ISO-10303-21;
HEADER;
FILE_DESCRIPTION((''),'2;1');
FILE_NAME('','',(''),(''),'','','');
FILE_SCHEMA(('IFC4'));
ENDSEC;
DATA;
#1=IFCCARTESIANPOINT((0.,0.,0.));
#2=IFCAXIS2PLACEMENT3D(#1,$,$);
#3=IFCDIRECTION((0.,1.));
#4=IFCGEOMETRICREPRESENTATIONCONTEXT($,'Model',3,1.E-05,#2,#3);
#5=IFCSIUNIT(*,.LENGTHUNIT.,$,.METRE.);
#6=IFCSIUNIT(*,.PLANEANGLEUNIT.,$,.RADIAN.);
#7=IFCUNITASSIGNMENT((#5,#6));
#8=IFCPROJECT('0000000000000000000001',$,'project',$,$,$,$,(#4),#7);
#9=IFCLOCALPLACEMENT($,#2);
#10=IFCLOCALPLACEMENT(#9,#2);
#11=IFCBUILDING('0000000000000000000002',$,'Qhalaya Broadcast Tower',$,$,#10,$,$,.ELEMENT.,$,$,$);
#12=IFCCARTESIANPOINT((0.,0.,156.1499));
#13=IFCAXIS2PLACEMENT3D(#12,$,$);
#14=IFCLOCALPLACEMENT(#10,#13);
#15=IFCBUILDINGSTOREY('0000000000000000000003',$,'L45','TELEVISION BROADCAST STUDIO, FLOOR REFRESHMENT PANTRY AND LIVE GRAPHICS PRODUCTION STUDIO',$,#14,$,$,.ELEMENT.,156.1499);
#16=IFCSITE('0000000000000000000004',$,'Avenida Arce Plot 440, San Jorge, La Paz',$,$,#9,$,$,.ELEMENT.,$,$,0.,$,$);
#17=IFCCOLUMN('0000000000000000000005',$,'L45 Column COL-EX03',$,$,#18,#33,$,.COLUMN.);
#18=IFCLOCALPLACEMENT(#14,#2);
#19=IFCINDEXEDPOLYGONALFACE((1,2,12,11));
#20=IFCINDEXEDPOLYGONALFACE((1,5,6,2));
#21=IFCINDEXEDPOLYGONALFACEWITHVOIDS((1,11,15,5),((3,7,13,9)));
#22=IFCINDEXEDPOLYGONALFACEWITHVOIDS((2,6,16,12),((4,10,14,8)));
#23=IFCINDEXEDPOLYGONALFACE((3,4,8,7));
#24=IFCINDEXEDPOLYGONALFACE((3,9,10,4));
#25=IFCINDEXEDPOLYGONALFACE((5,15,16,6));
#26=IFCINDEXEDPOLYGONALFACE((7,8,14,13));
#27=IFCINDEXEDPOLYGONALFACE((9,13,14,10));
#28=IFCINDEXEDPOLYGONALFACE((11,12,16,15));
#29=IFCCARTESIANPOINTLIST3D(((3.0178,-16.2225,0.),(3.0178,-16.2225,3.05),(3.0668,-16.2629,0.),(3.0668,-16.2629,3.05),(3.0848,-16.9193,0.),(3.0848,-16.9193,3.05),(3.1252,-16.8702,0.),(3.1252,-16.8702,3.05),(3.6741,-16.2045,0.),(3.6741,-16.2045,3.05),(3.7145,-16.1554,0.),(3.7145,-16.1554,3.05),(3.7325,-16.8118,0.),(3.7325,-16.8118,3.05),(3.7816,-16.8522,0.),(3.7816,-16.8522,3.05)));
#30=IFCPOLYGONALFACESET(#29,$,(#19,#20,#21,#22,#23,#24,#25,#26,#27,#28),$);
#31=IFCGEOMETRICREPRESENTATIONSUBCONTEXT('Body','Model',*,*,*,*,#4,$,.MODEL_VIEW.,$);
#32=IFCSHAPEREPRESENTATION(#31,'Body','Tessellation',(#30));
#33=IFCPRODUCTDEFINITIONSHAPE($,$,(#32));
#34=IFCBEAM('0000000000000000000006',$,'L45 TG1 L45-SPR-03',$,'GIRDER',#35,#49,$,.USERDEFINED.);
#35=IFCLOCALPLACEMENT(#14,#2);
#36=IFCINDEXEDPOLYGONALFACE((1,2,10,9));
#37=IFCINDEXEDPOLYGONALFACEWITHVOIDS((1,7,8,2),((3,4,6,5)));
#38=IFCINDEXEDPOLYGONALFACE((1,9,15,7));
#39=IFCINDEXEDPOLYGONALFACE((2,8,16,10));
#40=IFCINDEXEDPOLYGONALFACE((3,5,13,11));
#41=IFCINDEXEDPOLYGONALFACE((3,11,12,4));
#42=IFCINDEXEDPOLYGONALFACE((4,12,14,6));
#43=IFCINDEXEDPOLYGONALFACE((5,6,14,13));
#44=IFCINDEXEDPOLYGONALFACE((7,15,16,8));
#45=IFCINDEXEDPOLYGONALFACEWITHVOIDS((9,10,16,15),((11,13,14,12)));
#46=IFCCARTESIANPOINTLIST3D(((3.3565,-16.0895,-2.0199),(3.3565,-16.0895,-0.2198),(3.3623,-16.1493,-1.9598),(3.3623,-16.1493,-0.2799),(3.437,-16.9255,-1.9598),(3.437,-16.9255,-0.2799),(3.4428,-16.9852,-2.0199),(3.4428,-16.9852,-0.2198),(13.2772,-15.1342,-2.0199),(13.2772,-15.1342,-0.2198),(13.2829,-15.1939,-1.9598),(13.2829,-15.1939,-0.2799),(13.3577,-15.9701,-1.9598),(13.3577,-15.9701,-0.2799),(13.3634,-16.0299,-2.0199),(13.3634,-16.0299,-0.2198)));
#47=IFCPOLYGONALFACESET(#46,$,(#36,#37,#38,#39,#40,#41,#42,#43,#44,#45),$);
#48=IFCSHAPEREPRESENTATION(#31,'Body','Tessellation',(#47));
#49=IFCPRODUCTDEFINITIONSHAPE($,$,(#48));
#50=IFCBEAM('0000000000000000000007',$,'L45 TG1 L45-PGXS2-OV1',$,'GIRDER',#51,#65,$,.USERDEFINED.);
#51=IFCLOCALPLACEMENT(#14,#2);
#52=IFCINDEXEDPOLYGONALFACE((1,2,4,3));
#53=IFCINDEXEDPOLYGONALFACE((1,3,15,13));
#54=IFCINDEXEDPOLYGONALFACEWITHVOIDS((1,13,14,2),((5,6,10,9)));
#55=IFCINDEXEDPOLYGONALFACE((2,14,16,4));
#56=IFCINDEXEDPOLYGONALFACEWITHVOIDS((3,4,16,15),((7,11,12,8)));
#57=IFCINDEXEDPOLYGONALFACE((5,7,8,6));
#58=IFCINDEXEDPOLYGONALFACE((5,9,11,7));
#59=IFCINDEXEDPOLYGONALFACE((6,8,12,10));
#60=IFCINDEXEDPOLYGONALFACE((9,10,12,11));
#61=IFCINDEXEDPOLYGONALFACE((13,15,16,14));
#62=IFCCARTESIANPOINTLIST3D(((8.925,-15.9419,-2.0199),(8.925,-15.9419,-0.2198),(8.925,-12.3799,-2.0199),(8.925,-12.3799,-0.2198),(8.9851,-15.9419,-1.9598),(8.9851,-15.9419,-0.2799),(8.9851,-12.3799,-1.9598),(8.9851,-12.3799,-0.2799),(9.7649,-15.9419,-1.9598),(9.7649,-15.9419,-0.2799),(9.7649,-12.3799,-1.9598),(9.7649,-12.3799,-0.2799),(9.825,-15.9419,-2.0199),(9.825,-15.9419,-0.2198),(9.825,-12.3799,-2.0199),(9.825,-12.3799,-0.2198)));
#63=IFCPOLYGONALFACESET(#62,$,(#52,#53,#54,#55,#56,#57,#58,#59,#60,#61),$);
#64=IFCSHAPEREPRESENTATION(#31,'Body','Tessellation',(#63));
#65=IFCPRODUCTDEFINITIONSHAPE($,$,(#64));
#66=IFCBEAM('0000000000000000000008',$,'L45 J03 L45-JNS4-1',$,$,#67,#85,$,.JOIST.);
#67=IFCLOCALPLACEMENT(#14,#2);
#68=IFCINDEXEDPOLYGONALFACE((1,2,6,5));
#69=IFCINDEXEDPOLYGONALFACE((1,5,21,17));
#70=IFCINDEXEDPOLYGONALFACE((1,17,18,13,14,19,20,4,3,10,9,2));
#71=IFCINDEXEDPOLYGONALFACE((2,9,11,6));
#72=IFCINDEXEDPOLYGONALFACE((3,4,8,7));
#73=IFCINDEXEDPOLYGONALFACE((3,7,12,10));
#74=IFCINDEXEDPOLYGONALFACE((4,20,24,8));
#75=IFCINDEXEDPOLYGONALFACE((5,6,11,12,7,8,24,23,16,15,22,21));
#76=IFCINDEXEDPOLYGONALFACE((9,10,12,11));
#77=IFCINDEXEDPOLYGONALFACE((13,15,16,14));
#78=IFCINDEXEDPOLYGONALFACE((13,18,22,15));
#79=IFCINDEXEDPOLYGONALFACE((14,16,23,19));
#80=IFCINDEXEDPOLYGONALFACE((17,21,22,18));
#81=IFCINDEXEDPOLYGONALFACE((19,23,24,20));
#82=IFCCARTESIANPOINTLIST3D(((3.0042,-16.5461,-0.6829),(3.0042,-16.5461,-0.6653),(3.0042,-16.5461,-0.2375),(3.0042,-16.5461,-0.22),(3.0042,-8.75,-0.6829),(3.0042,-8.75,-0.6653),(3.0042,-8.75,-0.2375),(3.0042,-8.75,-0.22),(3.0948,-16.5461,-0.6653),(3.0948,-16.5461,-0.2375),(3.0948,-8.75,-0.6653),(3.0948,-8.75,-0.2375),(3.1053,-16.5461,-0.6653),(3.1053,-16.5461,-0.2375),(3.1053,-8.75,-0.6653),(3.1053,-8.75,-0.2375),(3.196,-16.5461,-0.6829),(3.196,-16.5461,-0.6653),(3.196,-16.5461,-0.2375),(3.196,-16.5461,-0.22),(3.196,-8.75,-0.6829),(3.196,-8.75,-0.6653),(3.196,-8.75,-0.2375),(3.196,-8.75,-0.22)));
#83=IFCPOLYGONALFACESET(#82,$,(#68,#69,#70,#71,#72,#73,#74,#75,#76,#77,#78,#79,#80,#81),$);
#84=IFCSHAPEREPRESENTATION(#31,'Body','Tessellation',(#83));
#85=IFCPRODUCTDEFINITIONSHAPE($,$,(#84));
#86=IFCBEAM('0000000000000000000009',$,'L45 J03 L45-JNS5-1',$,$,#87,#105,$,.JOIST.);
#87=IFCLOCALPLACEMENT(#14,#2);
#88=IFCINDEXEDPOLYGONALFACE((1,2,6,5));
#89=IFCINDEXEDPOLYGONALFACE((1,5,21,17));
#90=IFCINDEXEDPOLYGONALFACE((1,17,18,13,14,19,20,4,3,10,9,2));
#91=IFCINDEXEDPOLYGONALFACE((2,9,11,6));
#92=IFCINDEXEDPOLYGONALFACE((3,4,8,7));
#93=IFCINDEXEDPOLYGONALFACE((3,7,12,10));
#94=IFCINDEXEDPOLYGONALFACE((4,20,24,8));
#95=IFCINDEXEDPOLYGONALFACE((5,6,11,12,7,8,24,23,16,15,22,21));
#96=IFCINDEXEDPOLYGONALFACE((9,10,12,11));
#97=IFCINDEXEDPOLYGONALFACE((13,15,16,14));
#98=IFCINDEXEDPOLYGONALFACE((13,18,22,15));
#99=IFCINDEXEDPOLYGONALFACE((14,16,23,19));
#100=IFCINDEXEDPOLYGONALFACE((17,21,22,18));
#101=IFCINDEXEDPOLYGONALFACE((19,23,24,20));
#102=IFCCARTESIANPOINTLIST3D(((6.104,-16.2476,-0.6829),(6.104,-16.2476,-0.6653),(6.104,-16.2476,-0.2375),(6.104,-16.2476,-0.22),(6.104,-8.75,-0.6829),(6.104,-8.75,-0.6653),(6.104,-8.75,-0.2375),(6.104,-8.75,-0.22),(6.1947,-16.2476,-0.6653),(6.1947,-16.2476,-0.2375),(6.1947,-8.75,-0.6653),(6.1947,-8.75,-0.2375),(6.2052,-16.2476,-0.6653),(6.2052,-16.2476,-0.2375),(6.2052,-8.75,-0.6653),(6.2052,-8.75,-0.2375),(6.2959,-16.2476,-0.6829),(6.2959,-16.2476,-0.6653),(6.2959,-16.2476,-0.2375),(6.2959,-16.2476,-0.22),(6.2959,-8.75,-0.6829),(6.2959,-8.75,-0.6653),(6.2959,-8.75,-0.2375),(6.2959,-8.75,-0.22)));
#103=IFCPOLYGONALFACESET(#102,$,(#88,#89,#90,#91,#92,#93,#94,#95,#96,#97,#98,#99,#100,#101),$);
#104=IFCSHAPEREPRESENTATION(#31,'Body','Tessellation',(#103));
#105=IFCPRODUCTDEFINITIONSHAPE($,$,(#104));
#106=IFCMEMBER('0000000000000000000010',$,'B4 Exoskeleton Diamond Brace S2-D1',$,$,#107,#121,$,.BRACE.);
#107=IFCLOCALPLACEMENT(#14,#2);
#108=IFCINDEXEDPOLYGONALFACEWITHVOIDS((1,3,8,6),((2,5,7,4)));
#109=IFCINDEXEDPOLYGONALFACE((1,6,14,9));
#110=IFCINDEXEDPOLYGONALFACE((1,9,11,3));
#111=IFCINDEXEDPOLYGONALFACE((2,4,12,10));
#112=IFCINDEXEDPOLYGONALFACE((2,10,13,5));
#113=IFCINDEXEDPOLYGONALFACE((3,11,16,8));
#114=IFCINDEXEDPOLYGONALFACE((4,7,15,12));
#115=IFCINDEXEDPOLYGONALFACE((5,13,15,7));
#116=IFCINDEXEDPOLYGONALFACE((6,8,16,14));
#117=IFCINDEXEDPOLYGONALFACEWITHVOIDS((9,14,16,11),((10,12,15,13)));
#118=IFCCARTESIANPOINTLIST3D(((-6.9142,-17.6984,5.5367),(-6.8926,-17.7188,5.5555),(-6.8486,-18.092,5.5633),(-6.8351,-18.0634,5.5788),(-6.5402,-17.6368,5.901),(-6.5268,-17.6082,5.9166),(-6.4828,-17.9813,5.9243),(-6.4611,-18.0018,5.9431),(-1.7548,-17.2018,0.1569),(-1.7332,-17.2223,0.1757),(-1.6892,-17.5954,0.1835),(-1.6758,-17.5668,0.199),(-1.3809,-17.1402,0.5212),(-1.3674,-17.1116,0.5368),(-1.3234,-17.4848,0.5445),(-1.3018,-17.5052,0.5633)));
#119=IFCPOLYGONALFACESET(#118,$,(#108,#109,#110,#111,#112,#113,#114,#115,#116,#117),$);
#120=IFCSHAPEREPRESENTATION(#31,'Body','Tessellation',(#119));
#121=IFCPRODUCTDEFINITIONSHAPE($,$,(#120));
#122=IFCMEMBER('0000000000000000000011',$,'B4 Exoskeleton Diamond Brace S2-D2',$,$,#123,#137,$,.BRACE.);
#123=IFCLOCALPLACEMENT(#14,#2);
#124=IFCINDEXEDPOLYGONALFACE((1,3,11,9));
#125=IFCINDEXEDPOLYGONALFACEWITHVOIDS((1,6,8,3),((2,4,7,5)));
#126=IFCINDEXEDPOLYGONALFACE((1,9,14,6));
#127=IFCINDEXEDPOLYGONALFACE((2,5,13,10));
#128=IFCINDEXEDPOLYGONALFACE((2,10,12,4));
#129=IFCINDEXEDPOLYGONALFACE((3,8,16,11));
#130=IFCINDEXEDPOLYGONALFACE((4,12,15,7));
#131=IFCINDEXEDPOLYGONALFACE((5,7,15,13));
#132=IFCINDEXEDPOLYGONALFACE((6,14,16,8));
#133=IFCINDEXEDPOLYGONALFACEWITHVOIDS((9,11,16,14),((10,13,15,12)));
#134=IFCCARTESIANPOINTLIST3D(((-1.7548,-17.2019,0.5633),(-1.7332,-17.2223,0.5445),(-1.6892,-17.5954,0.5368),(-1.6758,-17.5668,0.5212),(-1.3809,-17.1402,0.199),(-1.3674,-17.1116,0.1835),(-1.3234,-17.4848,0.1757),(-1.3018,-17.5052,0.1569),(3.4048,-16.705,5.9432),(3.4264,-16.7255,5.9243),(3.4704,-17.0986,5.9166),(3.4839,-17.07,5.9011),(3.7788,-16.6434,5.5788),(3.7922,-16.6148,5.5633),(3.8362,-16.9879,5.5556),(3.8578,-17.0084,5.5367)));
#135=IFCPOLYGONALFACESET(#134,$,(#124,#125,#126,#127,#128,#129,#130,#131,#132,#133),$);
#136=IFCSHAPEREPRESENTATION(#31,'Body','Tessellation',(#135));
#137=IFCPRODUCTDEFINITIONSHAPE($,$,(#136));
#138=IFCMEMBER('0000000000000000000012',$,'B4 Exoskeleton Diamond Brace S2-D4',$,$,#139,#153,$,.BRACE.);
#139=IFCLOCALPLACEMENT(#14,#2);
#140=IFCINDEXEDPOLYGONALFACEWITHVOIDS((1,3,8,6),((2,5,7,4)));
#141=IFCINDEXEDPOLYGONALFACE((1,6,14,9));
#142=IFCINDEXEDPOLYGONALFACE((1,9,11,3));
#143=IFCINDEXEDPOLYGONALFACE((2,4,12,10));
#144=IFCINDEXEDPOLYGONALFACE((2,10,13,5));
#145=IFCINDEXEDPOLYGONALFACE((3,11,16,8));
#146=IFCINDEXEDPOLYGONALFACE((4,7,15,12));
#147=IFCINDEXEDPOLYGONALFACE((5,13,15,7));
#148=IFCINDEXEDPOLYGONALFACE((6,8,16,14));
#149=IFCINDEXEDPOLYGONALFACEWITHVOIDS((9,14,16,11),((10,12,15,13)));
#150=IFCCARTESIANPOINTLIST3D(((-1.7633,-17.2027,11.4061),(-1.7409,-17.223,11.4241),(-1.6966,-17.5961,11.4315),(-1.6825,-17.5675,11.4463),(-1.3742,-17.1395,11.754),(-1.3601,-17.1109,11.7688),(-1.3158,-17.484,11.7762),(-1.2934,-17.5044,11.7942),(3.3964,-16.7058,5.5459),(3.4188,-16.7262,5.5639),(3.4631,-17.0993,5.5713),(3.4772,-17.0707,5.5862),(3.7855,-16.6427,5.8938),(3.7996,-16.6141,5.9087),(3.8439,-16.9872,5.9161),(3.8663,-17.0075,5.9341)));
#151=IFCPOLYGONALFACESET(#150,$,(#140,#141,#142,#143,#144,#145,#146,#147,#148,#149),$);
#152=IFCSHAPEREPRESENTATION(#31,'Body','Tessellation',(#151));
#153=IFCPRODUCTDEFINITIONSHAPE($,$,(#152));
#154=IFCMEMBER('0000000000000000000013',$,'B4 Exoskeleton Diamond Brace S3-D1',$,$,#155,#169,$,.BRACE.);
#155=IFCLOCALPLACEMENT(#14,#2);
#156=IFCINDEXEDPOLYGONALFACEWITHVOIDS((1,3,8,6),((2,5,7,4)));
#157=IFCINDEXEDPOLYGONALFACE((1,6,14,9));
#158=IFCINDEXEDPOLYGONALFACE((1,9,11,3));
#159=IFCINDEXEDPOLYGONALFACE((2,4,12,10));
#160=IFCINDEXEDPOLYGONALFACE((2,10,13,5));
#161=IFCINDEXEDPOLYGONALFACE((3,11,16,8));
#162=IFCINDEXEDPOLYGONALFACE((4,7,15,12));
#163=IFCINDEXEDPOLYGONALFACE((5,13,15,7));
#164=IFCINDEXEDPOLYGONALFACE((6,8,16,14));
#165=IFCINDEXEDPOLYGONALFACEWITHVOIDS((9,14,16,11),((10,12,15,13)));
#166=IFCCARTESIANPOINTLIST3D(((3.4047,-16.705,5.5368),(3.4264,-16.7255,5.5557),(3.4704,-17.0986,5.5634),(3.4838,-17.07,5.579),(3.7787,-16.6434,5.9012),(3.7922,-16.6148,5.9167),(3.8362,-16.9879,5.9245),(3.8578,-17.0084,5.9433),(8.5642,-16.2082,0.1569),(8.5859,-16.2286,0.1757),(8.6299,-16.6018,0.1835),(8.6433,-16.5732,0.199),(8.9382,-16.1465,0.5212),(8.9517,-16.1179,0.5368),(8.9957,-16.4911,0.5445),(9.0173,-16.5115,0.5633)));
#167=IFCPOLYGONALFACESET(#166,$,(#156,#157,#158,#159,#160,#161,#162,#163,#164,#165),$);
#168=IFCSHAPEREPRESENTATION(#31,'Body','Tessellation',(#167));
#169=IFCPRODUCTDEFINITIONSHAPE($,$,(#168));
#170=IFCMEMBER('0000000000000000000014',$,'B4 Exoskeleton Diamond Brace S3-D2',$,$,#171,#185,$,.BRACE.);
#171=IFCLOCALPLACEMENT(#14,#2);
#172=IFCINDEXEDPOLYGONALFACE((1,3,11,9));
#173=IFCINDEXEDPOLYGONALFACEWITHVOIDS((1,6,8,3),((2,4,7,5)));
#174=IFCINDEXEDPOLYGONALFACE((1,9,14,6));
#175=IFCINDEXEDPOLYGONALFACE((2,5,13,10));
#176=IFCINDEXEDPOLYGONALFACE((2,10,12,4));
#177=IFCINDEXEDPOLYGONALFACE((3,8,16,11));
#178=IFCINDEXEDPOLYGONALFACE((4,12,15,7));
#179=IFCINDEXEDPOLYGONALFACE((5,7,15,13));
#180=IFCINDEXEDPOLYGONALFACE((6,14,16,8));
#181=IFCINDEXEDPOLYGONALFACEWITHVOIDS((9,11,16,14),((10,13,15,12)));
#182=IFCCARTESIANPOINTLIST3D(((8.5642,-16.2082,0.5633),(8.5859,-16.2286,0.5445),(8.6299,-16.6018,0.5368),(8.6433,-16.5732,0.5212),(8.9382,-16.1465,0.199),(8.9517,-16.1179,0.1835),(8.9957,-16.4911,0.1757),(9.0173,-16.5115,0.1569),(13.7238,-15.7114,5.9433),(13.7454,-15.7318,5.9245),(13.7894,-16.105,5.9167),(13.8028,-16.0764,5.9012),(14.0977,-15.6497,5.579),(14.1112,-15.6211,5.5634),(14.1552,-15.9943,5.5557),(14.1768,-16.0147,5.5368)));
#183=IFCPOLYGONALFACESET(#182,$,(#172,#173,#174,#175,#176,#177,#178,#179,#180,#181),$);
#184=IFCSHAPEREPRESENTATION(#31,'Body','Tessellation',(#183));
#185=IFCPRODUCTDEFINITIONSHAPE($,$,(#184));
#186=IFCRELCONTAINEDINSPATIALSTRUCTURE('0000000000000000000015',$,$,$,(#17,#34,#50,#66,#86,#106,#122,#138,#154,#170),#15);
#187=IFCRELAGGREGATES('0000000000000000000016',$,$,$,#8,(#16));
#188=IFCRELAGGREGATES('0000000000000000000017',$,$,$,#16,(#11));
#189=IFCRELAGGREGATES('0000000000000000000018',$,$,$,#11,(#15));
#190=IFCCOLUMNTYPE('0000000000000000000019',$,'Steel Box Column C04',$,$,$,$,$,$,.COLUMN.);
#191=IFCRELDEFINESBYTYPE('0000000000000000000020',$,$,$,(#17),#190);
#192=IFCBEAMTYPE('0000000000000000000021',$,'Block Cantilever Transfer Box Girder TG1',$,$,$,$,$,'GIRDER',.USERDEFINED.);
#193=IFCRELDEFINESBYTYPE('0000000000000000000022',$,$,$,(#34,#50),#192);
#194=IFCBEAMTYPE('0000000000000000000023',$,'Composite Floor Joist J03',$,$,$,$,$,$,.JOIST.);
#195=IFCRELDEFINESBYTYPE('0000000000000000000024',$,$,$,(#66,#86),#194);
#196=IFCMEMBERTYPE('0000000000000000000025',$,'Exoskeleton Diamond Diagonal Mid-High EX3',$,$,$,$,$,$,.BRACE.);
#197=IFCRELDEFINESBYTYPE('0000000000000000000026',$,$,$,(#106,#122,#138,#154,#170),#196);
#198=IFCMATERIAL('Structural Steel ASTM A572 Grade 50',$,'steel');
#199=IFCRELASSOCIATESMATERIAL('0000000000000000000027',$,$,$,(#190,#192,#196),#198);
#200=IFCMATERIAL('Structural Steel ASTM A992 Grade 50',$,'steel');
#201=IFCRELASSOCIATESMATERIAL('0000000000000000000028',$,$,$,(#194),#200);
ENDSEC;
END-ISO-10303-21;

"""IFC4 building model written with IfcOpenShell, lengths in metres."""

from ifc_helpers import new_model, si_unit, direction, frame, origin, origin_2d, place, context, subcontext, project, spatial, hollow_rectangle, i_section, extrude, material, material_profile, profile_set, type_object, element, save


model = new_model("IFC4")

# Units and contexts
model_context = context("Model", 3, precision=1e-05, world=origin(), true_north=direction((0.0, 1.0)))
body_context = subcontext(model_context, "Body", "Model", "MODEL_VIEW")
ifc_project = project(units=[si_unit("LENGTHUNIT", "METRE"), si_unit("PLANEANGLEUNIT", "RADIAN")], contexts=[model_context])

# Site, building, storey
site_placement = place(None, origin())
site = spatial("IfcSite", under=ifc_project, at=site_placement, Name="Avenida Arce Plot 440, San Jorge, La Paz", CompositionType="ELEMENT", RefElevation=0.0)
building_placement = place(site_placement, origin())
building = spatial("IfcBuilding", under=site, at=building_placement, Name="Qhalaya Broadcast Tower", CompositionType="ELEMENT")
storey_placement = place(building_placement, frame((0.0, 0.0, 156.1499)))
storey = spatial("IfcBuildingStorey", under=building, at=storey_placement, Name="L45", Description="TELEVISION BROADCAST STUDIO, FLOOR REFRESHMENT PANTRY AND LIVE GRAPHICS PRODUCTION STUDIO", CompositionType="ELEMENT", Elevation=156.1499)

# Column
ifc_material_1 = material(Name="Structural Steel ASTM A572 Grade 50", Category="steel")
ifc_material_profile_1 = material_profile(ifc_material_1, hollow_rectangle(XDim=0.7, YDim=0.7, WallThickness=0.0449, at=origin_2d()), Name="BOX 700x700x45")
ifc_profile_set_1 = profile_set([ifc_material_profile_1], Name="Structural Steel ASTM A572 Grade 50")
column_type = type_object("IfcColumnType", Name="Steel Box Column C04", PredefinedType="COLUMN", material=ifc_profile_set_1)
column_placement = place(storey_placement, frame((3.3997, -16.5374, 0.0), z_axis=(0.0, 0.0, 1.0), x_axis=(0.995396, 0.095846, 0.0)))
element("IfcColumn", 1, at=column_placement, inside=storey, type_object=column_type, Name="L45 Column COL-EX03", PredefinedType="COLUMN", context=body_context, shape_type="SweptSolid", body=[
    extrude(hollow_rectangle(XDim=0.7, YDim=0.7, WallThickness=0.0449, at=origin_2d()), origin(), (0.0, 0.0, 1.0), 3.05),
])

# Beams
ifc_material_profile_2 = material_profile(ifc_material_1, hollow_rectangle(XDim=0.8999, YDim=1.8, WallThickness=0.0601, at=origin_2d()), Name="BOX 900x1800x60")
ifc_profile_set_2 = profile_set([ifc_material_profile_2], Name="Structural Steel ASTM A572 Grade 50")
beam_type_1 = type_object("IfcBeamType", Name="Block Cantilever Transfer Box Girder TG1", ElementType="GIRDER", PredefinedType="USERDEFINED", material=ifc_profile_set_2)
beam_1_placement = place(storey_placement, frame((3.3997, -16.5374, -1.1199), z_axis=(0.995396, 0.095853, 0.0), x_axis=(-0.095853, 0.995396, 0.0)))
element("IfcBeam", 2, at=beam_1_placement, inside=storey, type_object=beam_type_1, Name="L45 TG1 L45-SPR-03", ObjectType="GIRDER", PredefinedType="USERDEFINED", context=body_context, shape_type="SweptSolid", body=[
    extrude(hollow_rectangle(XDim=0.8999, YDim=1.8, WallThickness=0.0601, at=origin_2d()), origin(), (0.0, 0.0, 1.0), 9.9666),
])
beam_2_placement = place(storey_placement, frame((9.375, -15.9419, -1.1199), z_axis=(0.0, 1.0, 0.0), x_axis=(-1.0, 0.0, 0.0)))
element("IfcBeam", 3, at=beam_2_placement, inside=storey, type_object=beam_type_1, Name="L45 TG1 L45-PGXS2-OV1", ObjectType="GIRDER", PredefinedType="USERDEFINED", context=body_context, shape_type="SweptSolid", body=[
    extrude(hollow_rectangle(XDim=0.8999, YDim=1.8, WallThickness=0.0601, at=origin_2d()), origin(), (0.0, 0.0, 1.0), 3.562),
])
ifc_material_2 = material(Name="Structural Steel ASTM A992 Grade 50", Category="steel")
ifc_material_profile_3 = material_profile(ifc_material_2, i_section(OverallWidth=0.1919, OverallDepth=0.4629, WebThickness=0.0105, FlangeThickness=0.0176, at=origin_2d()), Name="W18X60")
ifc_profile_set_3 = profile_set([ifc_material_profile_3], Name="Structural Steel ASTM A992 Grade 50")
beam_type_2 = type_object("IfcBeamType", Name="Composite Floor Joist J03", PredefinedType="JOIST", material=ifc_profile_set_3)
beam_3_placement = place(storey_placement, frame((3.1001, -16.5461, -0.4514), z_axis=(0.0, 1.0, 0.0), x_axis=(-1.0, 0.0, 0.0)))
element("IfcBeam", 4, at=beam_3_placement, inside=storey, type_object=beam_type_2, Name="L45 J03 L45-JNS4-1", PredefinedType="JOIST", context=body_context, shape_type="SweptSolid", body=[
    extrude(i_section(OverallWidth=0.1919, OverallDepth=0.4629, WebThickness=0.0105, FlangeThickness=0.0176, at=origin_2d()), origin(), (0.0, 0.0, 1.0), 7.7961),
])
beam_4_placement = place(storey_placement, frame((6.2, -16.2476, -0.4514), z_axis=(0.0, 1.0, 0.0), x_axis=(-1.0, 0.0, 0.0)))
element("IfcBeam", 5, at=beam_4_placement, inside=storey, type_object=beam_type_2, Name="L45 J03 L45-JNS5-1", PredefinedType="JOIST", context=body_context, shape_type="SweptSolid", body=[
    extrude(i_section(OverallWidth=0.1919, OverallDepth=0.4629, WebThickness=0.0105, FlangeThickness=0.0176, at=origin_2d()), origin(), (0.0, 0.0, 1.0), 7.4976),
])

# Members
ifc_material_profile_4 = material_profile(ifc_material_1, hollow_rectangle(XDim=0.3999, YDim=0.55, WallThickness=0.0249, at=origin_2d()), Name="BOX 400x550x25")
ifc_profile_set_4 = profile_set([ifc_material_profile_4], Name="Structural Steel ASTM A572 Grade 50")
member_type_1 = type_object("IfcMemberType", Name="Exoskeleton Diamond Diagonal Mid-High EX3", PredefinedType="BRACE", material=ifc_profile_set_4)
member_1_placement = place(storey_placement, frame((-1.5283, -17.3535, 0.3601), z_axis=(-0.690633, -0.066472, 0.720144), x_axis=(0.164069, -0.984205, 0.0665)))
element("IfcMember", 6, at=member_1_placement, inside=storey, type_object=member_type_1, Name="B4 Exoskeleton Diamond Brace S2-D1", PredefinedType="BRACE", context=body_context, shape_type="SweptSolid", body=[
    extrude(hollow_rectangle(XDim=0.3999, YDim=0.55, WallThickness=0.0249, at=origin_2d()), origin(), (0.0, 0.0, 1.0), 7.4705),
])
member_2_placement = place(storey_placement, frame((-1.5283, -17.3535, 0.3601), z_axis=(0.690649, 0.066503, 0.720126), x_axis=(-0.164109, 0.984198, 0.066502)))
element("IfcMember", 7, at=member_2_placement, inside=storey, type_object=member_type_1, Name="B4 Exoskeleton Diamond Brace S2-D2", PredefinedType="BRACE", context=body_context, shape_type="SweptSolid", body=[
    extrude(hollow_rectangle(XDim=0.3999, YDim=0.55, WallThickness=0.0249, at=origin_2d()), origin(), (0.0, 0.0, 1.0), 7.4707),
])
member_3_placement = place(storey_placement, frame((3.6313, -16.8567, 5.74), z_axis=(-0.659494, -0.063503, 0.749022), x_axis=(0.166866, -0.983933, 0.063502)))
element("IfcMember", 8, at=member_3_placement, inside=storey, type_object=member_type_1, Name="B4 Exoskeleton Diamond Brace S2-D4", PredefinedType="BRACE", context=body_context, shape_type="SweptSolid", body=[
    extrude(hollow_rectangle(XDim=0.3999, YDim=0.55, WallThickness=0.0249, at=origin_2d()), origin(), (0.0, 0.0, 1.0), 7.8237),
])
for number, where, z_axis, x_axis, name in (
    (9, (8.7908, -16.3599, 0.3601), (-0.690632, -0.066504, 0.720142), (0.164115, -0.984197, 0.0665), "B4 Exoskeleton Diamond Brace S3-D1"),
    (10, (8.7908, -16.3599, 0.3601), (0.690632, 0.066504, 0.720142), (-0.164115, 0.984197, 0.0665), "B4 Exoskeleton Diamond Brace S3-D2"),
):
    element("IfcMember", number, at=place(storey_placement, frame(where, z_axis=z_axis, x_axis=x_axis)), inside=storey, type_object=member_type_1, Name=name, PredefinedType="BRACE", context=body_context, shape_type="SweptSolid", body=[
        extrude(hollow_rectangle(XDim=0.3999, YDim=0.55, WallThickness=0.0249, at=origin_2d()), origin(), (0.0, 0.0, 1.0), 7.4707),
    ])

save(model, "model.ifc")
